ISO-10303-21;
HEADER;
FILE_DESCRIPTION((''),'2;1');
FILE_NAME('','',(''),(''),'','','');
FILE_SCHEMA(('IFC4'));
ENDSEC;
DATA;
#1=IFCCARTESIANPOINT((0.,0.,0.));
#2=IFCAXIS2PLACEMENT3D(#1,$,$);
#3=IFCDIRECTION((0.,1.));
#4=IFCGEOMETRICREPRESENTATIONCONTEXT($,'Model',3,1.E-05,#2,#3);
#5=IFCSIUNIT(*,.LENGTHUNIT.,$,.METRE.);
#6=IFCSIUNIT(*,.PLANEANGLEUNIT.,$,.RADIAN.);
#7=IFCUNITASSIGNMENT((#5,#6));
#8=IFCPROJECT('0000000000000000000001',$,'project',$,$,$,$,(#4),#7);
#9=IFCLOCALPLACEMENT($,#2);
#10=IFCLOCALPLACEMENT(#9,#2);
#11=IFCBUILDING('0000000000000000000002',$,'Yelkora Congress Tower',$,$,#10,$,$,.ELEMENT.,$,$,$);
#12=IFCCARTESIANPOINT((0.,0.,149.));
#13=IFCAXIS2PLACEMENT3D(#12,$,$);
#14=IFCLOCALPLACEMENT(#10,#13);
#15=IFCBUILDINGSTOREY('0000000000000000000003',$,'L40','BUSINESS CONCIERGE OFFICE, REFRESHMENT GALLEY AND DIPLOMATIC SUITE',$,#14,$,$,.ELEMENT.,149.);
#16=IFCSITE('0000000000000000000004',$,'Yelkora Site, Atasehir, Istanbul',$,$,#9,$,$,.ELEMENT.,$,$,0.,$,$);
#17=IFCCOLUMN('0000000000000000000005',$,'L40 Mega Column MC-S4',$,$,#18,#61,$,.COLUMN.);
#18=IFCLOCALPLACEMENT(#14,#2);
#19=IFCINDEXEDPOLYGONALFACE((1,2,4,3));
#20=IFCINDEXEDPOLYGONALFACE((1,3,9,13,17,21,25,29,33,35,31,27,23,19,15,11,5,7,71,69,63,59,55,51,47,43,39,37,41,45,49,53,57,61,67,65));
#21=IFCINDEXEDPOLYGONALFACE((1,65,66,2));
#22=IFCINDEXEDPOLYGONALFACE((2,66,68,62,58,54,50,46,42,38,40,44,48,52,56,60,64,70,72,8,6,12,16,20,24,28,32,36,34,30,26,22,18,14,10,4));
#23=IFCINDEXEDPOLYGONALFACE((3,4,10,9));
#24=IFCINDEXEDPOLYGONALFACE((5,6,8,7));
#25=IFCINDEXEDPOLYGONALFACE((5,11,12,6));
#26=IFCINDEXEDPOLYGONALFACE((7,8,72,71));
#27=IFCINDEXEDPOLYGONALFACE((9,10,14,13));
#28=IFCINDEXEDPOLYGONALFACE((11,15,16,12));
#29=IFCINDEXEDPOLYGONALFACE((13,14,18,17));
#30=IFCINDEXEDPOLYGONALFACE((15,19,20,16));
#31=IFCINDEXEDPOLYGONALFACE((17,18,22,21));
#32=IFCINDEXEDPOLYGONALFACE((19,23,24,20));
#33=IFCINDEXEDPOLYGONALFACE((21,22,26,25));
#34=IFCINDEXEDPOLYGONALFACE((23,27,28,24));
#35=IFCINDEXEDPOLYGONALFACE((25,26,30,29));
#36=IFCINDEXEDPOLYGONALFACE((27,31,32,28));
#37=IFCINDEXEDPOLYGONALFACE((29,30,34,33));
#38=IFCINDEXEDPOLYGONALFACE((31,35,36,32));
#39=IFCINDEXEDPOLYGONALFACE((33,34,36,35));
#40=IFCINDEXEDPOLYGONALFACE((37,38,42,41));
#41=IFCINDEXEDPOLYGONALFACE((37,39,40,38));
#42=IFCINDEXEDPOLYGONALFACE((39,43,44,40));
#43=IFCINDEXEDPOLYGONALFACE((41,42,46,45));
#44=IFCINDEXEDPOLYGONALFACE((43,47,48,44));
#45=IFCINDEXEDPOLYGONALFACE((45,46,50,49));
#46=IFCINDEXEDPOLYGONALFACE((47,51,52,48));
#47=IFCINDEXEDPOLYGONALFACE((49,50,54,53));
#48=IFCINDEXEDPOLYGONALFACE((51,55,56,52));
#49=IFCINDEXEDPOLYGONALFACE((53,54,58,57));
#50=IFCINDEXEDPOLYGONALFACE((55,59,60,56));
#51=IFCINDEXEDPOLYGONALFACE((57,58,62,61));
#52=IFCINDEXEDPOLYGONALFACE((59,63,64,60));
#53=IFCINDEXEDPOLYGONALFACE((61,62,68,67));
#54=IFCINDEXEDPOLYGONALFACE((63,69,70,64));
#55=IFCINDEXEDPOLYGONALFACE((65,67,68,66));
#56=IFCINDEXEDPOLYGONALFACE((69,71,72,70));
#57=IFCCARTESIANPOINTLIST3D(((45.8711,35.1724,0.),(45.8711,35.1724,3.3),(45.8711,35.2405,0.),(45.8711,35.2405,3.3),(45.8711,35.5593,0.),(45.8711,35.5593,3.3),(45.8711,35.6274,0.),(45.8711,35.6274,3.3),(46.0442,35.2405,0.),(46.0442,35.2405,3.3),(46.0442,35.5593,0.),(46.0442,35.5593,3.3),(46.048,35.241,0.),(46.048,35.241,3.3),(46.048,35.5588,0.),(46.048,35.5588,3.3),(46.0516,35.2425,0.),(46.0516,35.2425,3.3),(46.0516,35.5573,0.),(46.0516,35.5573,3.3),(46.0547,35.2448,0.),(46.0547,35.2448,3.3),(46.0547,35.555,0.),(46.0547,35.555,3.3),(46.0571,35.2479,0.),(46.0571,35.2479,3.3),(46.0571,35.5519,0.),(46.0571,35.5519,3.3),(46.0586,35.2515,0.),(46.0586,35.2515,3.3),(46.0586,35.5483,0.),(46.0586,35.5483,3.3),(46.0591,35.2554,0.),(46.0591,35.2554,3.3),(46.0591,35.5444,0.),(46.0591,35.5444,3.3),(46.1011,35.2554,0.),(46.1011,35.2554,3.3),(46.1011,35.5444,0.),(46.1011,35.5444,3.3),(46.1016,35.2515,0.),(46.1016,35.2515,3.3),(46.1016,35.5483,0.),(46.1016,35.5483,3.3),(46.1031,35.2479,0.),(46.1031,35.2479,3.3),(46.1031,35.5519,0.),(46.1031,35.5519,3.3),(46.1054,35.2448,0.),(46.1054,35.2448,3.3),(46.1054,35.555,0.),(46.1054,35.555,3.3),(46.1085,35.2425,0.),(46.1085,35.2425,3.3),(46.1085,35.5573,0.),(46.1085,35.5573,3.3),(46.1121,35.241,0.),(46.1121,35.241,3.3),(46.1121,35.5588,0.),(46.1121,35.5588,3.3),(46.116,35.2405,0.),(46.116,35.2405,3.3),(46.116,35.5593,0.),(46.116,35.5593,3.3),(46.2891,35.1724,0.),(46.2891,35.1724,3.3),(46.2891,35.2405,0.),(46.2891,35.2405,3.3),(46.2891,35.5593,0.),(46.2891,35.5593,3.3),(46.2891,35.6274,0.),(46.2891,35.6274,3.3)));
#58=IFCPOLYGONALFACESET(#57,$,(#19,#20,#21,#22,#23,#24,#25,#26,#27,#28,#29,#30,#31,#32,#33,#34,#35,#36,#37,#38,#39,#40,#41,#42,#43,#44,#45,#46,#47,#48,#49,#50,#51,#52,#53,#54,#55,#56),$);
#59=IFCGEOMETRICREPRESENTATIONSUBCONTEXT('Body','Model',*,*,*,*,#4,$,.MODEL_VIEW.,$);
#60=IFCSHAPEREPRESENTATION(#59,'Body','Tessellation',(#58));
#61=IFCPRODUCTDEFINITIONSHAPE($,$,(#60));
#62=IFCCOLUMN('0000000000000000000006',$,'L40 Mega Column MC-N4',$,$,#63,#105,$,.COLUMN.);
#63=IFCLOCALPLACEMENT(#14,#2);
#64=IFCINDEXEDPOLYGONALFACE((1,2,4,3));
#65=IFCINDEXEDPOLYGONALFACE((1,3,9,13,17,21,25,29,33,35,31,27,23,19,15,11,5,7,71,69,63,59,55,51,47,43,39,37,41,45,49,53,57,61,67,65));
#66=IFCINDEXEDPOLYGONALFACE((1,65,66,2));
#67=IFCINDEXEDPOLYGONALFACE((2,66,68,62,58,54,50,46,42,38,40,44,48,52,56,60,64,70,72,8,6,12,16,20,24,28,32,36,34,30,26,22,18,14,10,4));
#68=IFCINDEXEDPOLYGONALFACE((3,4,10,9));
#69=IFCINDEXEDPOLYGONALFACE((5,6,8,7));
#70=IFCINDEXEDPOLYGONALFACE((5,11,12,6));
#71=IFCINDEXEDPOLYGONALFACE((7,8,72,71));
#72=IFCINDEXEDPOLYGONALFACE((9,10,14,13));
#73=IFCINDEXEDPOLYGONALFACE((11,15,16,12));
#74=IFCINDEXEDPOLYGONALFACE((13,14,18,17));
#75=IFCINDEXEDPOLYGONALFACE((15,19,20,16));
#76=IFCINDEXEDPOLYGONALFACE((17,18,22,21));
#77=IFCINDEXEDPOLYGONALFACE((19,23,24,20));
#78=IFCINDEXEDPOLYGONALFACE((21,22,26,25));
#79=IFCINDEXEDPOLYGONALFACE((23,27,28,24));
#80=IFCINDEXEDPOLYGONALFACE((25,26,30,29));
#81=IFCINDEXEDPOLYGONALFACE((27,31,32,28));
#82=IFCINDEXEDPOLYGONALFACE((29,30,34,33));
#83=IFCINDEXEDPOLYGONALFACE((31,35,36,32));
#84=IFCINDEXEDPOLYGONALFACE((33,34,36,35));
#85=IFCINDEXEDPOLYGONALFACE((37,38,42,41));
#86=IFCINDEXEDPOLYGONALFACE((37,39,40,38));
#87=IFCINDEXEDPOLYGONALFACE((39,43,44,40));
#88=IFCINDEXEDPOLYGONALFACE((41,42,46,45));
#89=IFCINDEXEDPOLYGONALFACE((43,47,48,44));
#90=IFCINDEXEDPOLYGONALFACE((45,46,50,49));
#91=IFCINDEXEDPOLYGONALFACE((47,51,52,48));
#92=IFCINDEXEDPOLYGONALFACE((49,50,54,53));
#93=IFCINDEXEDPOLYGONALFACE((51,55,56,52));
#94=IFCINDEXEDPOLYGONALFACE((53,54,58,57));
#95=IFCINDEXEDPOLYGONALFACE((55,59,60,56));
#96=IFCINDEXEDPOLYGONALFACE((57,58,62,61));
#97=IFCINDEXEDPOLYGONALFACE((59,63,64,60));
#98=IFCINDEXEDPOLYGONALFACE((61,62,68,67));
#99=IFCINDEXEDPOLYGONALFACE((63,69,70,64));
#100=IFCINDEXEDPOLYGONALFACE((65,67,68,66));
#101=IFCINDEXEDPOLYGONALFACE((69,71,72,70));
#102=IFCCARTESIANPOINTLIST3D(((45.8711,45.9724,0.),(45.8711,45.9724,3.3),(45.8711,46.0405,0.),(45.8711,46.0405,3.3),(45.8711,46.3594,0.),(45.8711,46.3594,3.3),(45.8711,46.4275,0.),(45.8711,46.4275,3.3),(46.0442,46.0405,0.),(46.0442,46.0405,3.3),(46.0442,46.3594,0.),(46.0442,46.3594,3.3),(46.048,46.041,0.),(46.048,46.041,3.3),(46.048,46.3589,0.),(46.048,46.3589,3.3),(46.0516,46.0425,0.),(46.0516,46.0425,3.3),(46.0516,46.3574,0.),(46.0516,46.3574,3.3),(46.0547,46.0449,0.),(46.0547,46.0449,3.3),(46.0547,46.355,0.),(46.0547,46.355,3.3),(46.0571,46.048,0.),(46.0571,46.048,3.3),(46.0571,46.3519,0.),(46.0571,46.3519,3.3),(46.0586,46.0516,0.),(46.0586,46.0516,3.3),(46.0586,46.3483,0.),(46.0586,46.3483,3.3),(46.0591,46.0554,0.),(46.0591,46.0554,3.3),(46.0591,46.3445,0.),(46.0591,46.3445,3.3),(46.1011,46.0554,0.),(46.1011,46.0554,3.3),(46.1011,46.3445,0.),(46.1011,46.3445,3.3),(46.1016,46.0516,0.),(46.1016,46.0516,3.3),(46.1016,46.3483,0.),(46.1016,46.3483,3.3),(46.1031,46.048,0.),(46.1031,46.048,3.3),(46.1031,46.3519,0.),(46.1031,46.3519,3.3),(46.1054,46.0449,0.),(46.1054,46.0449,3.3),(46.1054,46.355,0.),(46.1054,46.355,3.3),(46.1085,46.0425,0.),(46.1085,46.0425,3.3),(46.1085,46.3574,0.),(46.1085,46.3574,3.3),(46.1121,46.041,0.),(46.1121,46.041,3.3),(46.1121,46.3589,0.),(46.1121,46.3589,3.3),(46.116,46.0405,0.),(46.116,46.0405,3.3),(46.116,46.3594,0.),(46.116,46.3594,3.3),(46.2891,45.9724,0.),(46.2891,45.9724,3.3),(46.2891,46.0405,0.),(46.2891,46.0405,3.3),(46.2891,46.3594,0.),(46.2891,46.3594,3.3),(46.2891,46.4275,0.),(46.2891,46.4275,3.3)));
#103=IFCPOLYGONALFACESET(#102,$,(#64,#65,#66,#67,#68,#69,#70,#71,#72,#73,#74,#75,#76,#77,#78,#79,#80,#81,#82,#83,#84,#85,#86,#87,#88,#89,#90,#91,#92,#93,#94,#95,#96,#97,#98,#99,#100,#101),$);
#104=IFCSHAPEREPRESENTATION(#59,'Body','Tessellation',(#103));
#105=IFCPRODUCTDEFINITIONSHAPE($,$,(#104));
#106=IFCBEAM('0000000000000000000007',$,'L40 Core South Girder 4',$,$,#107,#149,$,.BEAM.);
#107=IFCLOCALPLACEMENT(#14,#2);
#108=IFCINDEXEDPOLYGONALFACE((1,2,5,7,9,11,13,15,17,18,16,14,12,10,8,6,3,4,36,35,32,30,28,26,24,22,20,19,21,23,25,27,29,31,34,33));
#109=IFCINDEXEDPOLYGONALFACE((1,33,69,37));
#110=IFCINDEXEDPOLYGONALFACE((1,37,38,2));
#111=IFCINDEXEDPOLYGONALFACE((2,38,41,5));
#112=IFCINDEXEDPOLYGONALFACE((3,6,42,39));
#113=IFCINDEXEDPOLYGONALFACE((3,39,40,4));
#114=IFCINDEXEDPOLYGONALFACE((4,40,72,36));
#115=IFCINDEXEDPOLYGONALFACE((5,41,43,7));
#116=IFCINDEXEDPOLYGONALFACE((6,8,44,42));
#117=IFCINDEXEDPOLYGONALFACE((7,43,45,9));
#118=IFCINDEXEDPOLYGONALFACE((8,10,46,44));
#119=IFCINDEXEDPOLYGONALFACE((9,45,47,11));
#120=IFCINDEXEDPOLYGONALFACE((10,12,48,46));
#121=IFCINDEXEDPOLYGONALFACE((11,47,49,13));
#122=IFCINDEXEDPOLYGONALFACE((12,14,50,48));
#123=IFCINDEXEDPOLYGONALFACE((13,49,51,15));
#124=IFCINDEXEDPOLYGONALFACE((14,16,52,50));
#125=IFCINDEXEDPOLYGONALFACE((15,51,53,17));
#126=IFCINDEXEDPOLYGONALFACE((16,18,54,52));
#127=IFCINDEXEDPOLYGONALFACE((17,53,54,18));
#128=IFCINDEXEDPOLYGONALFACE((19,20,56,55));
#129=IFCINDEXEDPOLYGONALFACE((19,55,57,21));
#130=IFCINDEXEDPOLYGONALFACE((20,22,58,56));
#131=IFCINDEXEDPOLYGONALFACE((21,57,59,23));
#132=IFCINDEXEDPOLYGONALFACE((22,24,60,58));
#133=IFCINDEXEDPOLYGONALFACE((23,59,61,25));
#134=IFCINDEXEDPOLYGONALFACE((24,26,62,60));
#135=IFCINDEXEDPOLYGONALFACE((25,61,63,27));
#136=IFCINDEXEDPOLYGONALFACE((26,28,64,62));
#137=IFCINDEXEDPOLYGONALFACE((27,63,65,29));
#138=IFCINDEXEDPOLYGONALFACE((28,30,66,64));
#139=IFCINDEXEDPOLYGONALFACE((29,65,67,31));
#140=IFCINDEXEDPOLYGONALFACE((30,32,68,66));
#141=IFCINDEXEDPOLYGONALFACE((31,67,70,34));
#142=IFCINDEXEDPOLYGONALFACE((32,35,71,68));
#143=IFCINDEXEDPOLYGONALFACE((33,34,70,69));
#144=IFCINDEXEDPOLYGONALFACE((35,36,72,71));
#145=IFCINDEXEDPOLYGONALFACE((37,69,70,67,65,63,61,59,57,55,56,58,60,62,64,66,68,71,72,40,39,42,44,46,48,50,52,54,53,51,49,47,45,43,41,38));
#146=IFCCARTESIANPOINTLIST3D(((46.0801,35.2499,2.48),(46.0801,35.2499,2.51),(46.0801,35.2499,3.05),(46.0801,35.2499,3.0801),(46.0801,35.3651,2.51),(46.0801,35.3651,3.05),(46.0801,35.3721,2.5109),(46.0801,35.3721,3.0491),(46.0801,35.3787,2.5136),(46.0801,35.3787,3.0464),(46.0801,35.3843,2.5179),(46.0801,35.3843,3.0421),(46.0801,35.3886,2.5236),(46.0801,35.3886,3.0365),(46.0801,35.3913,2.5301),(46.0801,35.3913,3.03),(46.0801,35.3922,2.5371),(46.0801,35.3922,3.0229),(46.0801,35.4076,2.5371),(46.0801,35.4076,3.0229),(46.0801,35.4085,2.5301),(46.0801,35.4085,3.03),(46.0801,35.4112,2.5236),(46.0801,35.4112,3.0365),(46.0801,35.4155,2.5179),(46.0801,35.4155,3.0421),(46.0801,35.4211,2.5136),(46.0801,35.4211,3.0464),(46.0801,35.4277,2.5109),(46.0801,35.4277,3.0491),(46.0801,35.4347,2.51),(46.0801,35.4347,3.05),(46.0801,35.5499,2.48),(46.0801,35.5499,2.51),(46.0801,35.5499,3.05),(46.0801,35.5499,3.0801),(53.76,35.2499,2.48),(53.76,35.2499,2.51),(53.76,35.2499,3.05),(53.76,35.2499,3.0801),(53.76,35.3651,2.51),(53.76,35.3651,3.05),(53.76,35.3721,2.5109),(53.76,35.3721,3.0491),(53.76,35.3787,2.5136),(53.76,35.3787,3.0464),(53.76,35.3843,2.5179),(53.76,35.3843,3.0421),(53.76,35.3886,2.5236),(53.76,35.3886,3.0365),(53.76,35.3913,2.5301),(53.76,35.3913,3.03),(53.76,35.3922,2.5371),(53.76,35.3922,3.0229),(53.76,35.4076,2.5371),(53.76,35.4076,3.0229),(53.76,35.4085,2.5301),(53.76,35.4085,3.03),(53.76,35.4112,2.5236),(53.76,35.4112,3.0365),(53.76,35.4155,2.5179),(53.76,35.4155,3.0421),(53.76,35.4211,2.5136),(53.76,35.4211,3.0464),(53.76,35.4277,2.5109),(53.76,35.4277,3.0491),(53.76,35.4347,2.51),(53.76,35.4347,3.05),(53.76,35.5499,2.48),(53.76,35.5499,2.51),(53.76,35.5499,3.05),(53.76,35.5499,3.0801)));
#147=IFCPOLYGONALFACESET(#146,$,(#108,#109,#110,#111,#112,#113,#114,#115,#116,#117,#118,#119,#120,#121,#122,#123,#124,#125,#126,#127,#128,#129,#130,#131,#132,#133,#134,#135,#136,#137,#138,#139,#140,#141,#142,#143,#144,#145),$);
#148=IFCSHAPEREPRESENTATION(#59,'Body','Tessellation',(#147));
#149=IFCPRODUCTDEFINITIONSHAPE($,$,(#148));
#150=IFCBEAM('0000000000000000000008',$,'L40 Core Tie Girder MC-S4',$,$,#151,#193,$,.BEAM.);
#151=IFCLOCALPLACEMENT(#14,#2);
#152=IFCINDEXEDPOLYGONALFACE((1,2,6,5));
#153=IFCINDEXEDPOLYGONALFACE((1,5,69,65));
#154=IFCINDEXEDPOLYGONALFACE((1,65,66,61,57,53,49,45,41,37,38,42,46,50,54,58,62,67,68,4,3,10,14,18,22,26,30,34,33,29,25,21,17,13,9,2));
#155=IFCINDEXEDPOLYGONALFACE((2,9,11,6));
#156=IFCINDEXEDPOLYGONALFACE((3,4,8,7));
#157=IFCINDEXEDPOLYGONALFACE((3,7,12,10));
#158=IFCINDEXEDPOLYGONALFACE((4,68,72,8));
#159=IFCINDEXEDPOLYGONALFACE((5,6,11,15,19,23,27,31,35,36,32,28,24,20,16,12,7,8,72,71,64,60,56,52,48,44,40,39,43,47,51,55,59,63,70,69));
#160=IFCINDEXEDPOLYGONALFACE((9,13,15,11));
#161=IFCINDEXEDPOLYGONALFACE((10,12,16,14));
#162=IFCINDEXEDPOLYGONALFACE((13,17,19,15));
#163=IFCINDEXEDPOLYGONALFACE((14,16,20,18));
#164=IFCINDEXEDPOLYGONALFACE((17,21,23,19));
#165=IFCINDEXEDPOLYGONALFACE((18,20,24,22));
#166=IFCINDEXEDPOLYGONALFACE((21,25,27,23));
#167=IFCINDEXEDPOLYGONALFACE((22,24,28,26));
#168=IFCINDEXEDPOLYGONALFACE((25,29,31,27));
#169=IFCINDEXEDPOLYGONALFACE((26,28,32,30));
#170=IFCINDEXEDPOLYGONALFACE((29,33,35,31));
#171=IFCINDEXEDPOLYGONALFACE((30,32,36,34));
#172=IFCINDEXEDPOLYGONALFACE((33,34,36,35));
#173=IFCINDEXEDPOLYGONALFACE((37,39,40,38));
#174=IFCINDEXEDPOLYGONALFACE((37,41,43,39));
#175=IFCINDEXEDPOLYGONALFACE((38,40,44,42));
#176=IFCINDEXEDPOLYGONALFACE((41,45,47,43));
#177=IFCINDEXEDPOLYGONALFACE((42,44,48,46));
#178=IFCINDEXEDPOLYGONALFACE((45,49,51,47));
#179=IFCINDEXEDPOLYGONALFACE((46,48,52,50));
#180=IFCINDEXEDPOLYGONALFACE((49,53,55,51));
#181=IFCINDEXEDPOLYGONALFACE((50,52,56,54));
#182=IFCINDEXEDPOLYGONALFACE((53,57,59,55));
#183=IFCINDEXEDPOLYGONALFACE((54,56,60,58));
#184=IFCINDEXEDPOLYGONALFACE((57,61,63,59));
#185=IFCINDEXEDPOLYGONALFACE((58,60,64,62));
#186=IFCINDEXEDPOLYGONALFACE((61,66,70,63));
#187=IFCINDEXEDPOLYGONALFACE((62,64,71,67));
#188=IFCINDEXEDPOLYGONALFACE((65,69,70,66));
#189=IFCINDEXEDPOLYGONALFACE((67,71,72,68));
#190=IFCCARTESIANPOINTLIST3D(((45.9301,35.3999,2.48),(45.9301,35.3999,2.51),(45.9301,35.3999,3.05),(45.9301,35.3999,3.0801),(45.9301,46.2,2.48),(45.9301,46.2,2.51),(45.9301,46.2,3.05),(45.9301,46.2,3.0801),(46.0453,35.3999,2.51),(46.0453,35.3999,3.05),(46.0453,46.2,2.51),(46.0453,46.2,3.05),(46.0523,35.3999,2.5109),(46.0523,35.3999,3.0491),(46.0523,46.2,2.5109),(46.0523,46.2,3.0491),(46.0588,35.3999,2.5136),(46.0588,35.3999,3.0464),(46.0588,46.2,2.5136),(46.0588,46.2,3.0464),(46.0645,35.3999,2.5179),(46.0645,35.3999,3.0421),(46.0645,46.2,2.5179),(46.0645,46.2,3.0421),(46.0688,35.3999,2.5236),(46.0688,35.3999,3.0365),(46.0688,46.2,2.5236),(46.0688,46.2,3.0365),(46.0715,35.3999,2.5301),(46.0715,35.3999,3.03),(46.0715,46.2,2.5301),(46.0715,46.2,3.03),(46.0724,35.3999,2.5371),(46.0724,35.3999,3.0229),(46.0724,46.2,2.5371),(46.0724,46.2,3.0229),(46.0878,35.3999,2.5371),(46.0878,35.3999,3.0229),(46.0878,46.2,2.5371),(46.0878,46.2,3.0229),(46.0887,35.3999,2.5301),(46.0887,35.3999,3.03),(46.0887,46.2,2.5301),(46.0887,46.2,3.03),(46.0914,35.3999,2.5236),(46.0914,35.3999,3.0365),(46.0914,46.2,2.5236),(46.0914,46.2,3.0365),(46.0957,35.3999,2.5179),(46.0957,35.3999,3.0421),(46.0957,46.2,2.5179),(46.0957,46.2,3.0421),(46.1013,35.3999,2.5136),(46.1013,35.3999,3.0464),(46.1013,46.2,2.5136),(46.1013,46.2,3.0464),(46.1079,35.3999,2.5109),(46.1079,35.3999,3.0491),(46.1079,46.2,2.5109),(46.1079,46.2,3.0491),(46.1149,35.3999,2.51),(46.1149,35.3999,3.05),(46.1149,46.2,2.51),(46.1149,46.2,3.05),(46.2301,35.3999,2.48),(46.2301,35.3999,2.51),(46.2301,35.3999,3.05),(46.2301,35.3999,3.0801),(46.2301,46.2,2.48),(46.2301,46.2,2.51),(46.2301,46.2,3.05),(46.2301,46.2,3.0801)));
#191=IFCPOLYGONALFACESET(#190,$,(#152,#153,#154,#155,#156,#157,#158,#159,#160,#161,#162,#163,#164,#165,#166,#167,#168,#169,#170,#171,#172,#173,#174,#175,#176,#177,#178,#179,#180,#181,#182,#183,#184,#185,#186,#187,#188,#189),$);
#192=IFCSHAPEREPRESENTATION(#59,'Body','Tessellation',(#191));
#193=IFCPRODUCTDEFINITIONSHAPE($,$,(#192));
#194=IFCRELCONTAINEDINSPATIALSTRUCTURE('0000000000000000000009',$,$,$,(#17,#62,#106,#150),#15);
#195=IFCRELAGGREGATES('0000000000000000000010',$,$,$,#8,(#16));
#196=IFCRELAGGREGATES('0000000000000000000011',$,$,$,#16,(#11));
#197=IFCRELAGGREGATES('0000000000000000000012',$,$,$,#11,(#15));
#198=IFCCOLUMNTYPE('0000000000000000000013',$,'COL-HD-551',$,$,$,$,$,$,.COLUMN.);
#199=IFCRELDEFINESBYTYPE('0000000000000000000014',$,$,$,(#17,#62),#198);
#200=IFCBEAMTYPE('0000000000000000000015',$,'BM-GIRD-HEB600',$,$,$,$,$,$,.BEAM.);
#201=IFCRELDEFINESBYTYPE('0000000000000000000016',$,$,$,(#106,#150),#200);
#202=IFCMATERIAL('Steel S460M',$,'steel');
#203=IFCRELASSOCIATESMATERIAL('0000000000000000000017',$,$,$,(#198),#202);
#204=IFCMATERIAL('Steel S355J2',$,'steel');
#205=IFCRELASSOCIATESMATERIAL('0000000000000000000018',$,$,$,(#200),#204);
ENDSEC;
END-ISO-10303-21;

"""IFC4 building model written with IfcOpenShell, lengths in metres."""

from ifc_helpers import new_model, si_unit, direction, frame, origin, origin_2d, place, context, subcontext, project, spatial, i_section, extrude, material, material_profile, profile_set, type_object, element, save


model = new_model("IFC4")

# Units and contexts
model_context = context("Model", 3, precision=1e-05, world=origin(), true_north=direction((0.0, 1.0)))
body_context = subcontext(model_context, "Body", "Model", "MODEL_VIEW")
ifc_project = project(units=[si_unit("LENGTHUNIT", "METRE"), si_unit("PLANEANGLEUNIT", "RADIAN")], contexts=[model_context])

# Site, building, storey
site_placement = place(None, origin())
site = spatial("IfcSite", under=ifc_project, at=site_placement, Name="Yelkora Site, Atasehir, Istanbul", CompositionType="ELEMENT", RefElevation=0.0)
building_placement = place(site_placement, origin())
building = spatial("IfcBuilding", under=site, at=building_placement, Name="Yelkora Congress Tower", CompositionType="ELEMENT")
storey_placement = place(building_placement, frame((0.0, 0.0, 149.0)))
storey = spatial("IfcBuildingStorey", under=building, at=storey_placement, Name="L40", Description="BUSINESS CONCIERGE OFFICE, REFRESHMENT GALLEY AND DIPLOMATIC SUITE", CompositionType="ELEMENT", Elevation=149.0)

# Columns
ifc_material_1 = material(Name="Steel S460M", Category="steel")
ifc_material_profile_1 = material_profile(ifc_material_1, i_section(OverallWidth=0.418, OverallDepth=0.4551, WebThickness=0.042, FlangeThickness=0.0681, FilletRadius=0.0149, at=origin_2d()), Name="HD 400x551")
ifc_profile_set_1 = profile_set([ifc_material_profile_1], Name="Steel S460M")
column_type = type_object("IfcColumnType", Name="COL-HD-551", PredefinedType="COLUMN", material=ifc_profile_set_1)
for number, where, z_axis, x_axis, name in (
    (1, (46.0801, 35.3999, 0.0), (0.0, 0.0, 1.0), (1.0, 0.0, 0.0), "L40 Mega Column MC-S4"),
    (2, (46.0801, 46.2, 0.0), (0.0, 0.0, 1.0), (1.0, 0.0, 0.0), "L40 Mega Column MC-N4"),
):
    element("IfcColumn", number, at=place(storey_placement, frame(where, z_axis=z_axis, x_axis=x_axis)), inside=storey, type_object=column_type, Name=name, PredefinedType="COLUMN", context=body_context, shape_type="SweptSolid", body=[
        extrude(i_section(OverallWidth=0.418, OverallDepth=0.4551, WebThickness=0.042, FlangeThickness=0.0681, FilletRadius=0.0149, at=origin_2d()), origin(), (0.0, 0.0, 1.0), 3.3),
    ])

# Beams
ifc_material_2 = material(Name="Steel S355J2", Category="steel")
ifc_material_profile_2 = material_profile(ifc_material_2, i_section(OverallWidth=0.3, OverallDepth=0.6001, WebThickness=0.0154, FlangeThickness=0.03, FilletRadius=0.0271, at=origin_2d()), Name="HEB 600")
ifc_profile_set_2 = profile_set([ifc_material_profile_2], Name="Steel S355J2")
beam_type_1 = type_object("IfcBeamType", Name="BM-GIRD-HEB600", PredefinedType="BEAM", material=ifc_profile_set_2)
beam_1_placement = place(storey_placement, frame((46.0801, 35.3999, 2.78), z_axis=(1.0, 0.0, 0.0), x_axis=(0.0, 1.0, 0.0)))
element("IfcBeam", 3, at=beam_1_placement, inside=storey, type_object=beam_type_1, Name="L40 Core South Girder 4", PredefinedType="BEAM", context=body_context, shape_type="SweptSolid", body=[
    extrude(i_section(OverallWidth=0.3, OverallDepth=0.6001, WebThickness=0.0154, FlangeThickness=0.03, FilletRadius=0.0271, at=origin_2d()), origin(), (0.0, 0.0, 1.0), 7.6799),
])
beam_2_placement = place(storey_placement, frame((46.0801, 35.3999, 2.78), z_axis=(0.0, 1.0, 0.0), x_axis=(-1.0, 0.0, 0.0)))
element("IfcBeam", 4, at=beam_2_placement, inside=storey, type_object=beam_type_1, Name="L40 Core Tie Girder MC-S4", PredefinedType="BEAM", context=body_context, shape_type="SweptSolid", body=[
    extrude(i_section(OverallWidth=0.3, OverallDepth=0.6001, WebThickness=0.0154, FlangeThickness=0.03, FilletRadius=0.0271, at=origin_2d()), origin(), (0.0, 0.0, 1.0), 10.8),
])

save(model, "model.ifc")
